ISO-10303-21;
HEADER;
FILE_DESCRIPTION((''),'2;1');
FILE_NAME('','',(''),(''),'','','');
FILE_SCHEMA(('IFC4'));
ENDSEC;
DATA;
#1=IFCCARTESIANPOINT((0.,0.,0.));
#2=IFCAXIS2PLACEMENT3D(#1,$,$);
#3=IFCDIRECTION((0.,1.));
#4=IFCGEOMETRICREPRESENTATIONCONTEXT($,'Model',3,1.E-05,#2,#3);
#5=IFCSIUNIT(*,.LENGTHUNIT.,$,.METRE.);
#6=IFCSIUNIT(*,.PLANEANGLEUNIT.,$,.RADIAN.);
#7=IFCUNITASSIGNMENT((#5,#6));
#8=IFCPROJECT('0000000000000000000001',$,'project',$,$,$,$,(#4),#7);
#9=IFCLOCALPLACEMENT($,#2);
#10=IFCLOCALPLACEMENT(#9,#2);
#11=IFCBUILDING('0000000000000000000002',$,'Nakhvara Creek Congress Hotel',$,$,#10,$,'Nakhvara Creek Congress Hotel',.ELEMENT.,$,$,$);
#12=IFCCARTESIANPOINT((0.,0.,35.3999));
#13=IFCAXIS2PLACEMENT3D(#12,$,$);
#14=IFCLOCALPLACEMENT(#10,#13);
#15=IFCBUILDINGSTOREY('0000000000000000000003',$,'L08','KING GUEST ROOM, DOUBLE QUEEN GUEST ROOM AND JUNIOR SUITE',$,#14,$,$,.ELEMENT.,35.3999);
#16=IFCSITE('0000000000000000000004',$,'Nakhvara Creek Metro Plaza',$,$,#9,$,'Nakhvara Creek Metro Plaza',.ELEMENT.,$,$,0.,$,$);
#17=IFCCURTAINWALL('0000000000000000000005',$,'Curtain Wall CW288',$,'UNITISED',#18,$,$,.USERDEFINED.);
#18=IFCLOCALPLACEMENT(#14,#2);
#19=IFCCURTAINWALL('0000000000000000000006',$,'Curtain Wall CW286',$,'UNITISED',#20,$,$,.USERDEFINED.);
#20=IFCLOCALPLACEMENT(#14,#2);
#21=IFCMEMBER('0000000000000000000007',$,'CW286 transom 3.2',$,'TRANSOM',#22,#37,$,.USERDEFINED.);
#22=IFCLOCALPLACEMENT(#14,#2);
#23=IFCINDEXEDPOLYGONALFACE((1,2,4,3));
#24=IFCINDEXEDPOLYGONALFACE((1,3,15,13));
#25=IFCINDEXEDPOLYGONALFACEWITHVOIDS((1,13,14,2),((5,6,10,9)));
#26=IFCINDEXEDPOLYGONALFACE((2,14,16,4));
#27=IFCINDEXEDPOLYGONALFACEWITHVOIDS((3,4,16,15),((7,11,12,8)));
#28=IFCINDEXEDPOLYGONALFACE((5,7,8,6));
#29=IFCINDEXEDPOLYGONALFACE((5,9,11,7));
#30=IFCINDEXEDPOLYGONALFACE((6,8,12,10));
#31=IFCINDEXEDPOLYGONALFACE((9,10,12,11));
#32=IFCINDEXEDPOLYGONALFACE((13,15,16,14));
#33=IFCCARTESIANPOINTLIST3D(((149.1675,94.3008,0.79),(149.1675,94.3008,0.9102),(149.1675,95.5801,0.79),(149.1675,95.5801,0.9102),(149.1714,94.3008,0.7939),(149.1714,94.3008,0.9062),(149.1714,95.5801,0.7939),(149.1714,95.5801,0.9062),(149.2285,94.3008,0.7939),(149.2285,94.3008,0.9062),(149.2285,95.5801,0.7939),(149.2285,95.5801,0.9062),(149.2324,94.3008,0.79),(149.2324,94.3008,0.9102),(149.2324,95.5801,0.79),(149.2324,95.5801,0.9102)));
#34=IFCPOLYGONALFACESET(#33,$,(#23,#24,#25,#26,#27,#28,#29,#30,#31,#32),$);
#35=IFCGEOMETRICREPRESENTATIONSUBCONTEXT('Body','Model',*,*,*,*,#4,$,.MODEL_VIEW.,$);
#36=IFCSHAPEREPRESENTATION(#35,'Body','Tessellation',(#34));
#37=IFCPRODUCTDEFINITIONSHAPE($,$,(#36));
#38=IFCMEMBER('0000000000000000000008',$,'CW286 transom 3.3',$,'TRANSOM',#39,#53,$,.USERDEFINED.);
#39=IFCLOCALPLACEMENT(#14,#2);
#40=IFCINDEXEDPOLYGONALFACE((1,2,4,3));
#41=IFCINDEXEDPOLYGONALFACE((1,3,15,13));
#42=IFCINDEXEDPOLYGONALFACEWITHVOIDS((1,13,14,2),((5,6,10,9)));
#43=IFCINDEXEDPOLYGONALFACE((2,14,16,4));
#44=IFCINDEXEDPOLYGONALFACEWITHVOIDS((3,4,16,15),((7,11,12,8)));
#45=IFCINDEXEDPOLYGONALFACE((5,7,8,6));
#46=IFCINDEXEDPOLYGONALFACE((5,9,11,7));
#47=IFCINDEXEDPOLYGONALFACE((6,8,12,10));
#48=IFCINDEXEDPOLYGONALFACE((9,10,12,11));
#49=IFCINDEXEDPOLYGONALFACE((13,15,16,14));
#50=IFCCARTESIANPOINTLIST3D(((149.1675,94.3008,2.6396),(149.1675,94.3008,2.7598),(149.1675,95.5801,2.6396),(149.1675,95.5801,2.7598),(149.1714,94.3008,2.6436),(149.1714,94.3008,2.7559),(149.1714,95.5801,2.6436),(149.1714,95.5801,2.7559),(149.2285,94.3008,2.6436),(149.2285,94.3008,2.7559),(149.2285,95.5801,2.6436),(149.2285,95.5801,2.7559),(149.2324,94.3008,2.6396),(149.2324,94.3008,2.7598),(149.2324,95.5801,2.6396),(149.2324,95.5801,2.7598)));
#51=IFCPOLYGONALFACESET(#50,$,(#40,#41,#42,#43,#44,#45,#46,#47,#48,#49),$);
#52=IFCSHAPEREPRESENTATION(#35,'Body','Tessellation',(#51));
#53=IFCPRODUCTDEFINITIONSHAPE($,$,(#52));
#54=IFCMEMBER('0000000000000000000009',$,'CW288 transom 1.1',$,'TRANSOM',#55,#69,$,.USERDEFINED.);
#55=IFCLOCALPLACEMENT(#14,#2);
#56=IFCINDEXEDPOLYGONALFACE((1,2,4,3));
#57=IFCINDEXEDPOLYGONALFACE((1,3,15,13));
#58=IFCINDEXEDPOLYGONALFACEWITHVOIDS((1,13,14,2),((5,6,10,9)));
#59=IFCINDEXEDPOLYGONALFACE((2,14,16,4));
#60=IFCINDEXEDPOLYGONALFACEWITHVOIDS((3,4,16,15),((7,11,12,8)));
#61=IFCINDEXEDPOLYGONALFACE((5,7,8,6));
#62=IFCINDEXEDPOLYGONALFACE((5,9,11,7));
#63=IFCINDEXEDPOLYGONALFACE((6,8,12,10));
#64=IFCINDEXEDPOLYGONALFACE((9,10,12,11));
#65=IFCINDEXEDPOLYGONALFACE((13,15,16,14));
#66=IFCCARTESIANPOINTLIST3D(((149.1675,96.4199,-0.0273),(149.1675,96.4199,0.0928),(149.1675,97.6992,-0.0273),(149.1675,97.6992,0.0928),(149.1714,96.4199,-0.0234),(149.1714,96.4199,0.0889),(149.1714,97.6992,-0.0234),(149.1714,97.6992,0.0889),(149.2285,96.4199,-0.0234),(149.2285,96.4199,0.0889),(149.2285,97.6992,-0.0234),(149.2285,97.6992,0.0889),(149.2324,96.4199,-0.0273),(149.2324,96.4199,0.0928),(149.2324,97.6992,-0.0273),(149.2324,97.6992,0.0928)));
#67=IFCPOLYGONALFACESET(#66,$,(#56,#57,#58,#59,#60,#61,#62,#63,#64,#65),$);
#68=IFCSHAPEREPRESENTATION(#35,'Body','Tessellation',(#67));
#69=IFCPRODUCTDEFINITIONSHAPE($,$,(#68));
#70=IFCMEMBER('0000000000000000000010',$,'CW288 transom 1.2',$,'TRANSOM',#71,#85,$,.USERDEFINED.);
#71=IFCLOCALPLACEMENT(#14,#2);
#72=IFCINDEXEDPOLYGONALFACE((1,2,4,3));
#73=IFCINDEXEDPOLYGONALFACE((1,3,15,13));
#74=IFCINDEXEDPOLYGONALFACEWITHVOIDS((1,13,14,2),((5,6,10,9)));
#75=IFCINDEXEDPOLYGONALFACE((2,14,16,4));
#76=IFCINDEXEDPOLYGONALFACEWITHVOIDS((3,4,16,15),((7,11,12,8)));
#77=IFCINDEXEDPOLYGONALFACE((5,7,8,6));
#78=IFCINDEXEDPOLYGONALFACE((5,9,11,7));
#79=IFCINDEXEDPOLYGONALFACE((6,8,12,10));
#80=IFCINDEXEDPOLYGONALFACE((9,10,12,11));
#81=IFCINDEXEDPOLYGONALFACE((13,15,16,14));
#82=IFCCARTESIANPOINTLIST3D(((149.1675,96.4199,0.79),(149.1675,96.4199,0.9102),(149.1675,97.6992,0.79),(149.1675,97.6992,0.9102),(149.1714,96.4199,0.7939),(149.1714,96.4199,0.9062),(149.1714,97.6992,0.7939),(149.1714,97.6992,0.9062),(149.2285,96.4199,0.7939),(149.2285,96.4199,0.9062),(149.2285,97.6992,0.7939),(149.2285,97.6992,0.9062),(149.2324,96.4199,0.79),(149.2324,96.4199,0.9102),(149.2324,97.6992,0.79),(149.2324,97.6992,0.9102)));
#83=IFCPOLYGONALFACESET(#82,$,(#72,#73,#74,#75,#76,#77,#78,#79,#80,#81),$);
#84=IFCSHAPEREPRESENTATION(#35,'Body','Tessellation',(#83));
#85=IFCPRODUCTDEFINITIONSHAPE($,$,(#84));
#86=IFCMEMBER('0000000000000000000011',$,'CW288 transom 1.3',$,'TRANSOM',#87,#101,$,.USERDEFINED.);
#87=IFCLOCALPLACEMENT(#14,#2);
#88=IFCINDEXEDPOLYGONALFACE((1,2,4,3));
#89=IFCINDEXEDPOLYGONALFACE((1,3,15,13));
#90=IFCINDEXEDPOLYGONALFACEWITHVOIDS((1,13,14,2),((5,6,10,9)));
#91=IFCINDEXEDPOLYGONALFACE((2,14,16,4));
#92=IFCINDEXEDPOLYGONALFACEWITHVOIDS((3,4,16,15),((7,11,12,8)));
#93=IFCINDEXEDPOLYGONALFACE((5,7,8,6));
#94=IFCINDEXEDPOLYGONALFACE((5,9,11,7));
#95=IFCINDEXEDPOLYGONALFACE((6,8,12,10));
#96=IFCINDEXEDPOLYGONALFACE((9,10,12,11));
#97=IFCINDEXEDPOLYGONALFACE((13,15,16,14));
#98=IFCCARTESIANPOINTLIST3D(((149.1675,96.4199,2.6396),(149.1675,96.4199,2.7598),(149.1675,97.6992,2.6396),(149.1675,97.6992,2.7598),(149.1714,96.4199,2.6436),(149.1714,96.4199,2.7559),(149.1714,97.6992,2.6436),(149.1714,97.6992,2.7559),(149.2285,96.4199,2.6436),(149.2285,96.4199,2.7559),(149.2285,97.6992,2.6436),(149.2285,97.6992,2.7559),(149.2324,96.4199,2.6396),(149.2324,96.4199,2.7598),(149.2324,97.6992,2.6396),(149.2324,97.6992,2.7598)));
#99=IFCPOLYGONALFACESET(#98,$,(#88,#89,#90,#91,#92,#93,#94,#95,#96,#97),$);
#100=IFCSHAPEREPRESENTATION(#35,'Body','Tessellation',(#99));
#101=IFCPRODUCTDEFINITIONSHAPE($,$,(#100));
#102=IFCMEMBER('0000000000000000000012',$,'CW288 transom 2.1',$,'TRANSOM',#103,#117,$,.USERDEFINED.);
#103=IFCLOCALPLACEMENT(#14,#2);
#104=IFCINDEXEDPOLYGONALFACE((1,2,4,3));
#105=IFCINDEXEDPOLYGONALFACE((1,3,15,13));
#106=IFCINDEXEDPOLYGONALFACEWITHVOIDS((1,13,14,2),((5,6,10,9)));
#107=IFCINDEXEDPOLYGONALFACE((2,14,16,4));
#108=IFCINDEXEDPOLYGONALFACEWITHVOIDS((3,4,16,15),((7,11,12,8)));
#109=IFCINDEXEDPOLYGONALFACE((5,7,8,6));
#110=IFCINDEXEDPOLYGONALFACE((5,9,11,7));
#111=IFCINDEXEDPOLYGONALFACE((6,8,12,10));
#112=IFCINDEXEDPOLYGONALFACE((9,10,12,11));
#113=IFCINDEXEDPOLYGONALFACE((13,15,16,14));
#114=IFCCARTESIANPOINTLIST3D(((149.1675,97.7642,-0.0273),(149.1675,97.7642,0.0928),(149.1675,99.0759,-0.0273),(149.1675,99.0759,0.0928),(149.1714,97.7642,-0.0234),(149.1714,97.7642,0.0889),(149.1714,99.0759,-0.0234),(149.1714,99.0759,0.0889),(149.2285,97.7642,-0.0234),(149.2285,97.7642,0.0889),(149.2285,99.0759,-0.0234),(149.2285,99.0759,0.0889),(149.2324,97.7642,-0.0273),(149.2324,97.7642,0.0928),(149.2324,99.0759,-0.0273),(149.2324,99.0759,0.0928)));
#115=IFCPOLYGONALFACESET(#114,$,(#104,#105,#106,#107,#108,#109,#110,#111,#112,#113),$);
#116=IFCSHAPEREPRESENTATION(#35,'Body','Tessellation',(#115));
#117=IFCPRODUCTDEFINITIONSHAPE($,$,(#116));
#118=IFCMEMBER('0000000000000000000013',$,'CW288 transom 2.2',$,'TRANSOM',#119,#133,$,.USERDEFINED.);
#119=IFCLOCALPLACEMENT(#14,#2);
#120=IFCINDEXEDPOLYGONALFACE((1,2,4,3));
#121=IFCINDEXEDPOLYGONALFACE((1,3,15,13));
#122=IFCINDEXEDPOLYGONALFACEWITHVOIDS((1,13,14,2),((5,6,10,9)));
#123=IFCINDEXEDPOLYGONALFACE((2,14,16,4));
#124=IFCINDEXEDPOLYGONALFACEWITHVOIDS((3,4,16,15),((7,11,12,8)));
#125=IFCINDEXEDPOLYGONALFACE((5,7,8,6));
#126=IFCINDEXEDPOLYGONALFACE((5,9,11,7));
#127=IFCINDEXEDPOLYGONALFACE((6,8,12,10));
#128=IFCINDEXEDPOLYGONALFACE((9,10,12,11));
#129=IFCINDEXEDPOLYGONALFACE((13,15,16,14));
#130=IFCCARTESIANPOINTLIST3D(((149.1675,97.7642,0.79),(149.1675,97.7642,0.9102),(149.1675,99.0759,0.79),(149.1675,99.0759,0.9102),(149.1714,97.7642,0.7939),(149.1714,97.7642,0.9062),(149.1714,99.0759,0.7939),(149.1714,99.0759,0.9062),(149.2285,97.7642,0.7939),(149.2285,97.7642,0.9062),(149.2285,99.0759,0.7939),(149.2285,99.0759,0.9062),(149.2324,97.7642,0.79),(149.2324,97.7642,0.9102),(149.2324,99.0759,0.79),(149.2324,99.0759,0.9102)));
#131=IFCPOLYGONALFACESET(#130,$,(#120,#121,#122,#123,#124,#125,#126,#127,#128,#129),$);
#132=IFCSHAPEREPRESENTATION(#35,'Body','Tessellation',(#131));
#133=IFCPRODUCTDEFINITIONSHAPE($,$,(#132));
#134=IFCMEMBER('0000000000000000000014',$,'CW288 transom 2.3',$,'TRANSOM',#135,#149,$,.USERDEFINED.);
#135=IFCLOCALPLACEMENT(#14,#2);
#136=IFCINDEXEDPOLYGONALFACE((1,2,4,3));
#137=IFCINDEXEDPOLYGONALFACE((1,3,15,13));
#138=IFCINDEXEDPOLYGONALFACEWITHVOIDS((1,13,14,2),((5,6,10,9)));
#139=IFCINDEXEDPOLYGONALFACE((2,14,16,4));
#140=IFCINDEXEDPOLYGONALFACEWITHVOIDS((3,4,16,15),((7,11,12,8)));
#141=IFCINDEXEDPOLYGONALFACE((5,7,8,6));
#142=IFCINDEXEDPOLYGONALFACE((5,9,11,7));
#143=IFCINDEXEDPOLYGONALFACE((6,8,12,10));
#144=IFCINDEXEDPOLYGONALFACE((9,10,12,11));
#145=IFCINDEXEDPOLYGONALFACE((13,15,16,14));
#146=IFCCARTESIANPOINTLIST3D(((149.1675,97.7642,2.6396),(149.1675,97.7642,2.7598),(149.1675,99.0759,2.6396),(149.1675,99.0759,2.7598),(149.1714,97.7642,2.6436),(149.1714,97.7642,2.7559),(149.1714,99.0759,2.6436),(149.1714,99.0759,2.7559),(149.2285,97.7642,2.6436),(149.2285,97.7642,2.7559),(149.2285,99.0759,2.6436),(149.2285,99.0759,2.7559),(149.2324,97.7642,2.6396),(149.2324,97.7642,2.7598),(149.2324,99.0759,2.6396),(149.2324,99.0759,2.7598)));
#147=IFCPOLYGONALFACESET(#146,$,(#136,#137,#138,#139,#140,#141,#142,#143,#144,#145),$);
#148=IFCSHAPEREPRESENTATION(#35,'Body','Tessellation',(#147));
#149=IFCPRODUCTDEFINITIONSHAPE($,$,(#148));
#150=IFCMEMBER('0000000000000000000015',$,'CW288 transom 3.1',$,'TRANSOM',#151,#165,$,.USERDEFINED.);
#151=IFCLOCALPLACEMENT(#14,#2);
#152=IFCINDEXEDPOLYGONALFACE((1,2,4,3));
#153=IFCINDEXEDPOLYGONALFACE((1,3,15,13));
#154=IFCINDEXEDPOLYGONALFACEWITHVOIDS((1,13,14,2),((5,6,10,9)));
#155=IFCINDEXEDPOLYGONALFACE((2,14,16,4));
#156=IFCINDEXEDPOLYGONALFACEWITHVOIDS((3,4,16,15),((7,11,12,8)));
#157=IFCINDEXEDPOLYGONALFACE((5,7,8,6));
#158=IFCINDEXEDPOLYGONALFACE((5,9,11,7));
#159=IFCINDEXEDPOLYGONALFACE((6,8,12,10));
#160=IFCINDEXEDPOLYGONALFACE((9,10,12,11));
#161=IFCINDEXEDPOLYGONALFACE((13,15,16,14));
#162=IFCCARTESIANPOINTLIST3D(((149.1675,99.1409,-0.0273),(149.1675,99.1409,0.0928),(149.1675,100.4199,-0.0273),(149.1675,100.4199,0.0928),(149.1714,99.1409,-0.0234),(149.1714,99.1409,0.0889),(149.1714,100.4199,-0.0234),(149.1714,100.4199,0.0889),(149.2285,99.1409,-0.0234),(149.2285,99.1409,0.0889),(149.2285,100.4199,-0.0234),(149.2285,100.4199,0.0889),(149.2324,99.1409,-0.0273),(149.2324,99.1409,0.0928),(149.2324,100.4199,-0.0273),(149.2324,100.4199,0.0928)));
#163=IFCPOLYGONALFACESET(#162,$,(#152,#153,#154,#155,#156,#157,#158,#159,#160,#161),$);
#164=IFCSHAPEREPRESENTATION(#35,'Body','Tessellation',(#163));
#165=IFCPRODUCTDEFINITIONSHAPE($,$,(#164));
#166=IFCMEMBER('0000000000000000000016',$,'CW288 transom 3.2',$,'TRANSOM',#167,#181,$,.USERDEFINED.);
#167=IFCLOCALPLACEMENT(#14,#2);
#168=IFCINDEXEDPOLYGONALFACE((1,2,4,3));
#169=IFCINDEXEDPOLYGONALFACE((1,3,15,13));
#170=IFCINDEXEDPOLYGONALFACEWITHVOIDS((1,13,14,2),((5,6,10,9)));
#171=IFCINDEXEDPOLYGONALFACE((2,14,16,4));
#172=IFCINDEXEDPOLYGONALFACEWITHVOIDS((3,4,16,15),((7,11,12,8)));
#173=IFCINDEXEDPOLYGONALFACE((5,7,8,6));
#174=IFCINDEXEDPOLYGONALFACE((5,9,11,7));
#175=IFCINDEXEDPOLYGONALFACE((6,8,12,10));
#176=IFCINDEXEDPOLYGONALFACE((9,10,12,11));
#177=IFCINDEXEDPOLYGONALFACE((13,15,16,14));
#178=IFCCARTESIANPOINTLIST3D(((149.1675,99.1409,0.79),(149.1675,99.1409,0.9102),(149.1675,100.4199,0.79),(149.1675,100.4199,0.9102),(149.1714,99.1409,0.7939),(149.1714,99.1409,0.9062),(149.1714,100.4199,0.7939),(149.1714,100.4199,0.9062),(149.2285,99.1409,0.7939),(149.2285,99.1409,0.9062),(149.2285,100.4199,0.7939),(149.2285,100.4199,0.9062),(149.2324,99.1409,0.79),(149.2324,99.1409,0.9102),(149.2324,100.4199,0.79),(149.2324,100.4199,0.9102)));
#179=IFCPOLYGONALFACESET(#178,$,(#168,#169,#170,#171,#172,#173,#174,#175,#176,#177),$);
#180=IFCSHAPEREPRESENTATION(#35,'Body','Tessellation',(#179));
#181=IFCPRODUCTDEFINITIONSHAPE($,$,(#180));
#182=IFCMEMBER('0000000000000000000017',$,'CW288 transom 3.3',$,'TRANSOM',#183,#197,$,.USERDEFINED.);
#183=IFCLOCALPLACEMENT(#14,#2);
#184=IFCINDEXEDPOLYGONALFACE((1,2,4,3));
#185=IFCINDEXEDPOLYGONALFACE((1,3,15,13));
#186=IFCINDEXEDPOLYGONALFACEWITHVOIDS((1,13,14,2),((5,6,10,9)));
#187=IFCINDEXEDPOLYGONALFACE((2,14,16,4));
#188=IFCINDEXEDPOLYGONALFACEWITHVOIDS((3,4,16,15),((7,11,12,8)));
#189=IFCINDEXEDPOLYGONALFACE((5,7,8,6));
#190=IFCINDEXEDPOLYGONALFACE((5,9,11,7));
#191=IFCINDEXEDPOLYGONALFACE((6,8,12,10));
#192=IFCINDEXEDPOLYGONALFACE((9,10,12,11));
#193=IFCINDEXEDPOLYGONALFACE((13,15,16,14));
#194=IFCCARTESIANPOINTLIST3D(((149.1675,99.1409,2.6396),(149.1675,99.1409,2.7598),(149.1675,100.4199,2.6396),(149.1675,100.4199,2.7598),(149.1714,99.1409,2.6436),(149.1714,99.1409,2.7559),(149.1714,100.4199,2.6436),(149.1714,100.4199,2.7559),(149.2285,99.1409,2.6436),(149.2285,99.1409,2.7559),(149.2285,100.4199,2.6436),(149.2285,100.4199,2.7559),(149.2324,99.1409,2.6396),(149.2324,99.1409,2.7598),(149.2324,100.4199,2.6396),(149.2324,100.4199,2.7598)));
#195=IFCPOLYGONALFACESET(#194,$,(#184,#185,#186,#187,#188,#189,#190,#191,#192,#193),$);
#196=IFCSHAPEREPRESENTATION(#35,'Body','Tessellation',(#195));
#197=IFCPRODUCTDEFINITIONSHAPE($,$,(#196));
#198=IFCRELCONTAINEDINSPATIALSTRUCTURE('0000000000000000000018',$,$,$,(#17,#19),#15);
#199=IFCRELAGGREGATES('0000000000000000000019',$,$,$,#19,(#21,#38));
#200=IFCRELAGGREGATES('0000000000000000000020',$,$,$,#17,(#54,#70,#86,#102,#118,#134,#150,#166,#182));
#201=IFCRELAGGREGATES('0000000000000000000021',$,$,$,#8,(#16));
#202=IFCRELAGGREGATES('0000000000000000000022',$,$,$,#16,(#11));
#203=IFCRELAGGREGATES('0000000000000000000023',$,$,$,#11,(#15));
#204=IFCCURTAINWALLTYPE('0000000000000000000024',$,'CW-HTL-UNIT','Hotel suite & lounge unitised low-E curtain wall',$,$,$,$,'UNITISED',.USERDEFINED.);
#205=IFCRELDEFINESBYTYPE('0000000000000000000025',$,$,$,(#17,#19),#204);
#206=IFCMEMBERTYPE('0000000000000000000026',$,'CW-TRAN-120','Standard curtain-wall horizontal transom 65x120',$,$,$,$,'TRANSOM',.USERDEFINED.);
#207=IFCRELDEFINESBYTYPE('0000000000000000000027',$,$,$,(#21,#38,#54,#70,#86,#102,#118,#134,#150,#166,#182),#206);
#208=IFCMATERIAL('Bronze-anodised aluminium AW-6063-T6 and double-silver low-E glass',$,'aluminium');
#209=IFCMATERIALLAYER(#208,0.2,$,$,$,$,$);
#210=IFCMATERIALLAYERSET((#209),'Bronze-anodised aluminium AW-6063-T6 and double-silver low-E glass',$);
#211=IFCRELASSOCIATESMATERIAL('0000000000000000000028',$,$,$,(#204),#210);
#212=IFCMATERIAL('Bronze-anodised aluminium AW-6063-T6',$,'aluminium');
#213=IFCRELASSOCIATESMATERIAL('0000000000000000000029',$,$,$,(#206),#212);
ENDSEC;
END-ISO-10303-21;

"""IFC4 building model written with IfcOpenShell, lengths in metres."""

from ifc_helpers import new_model, si_unit, direction, frame, origin, origin_2d, place, context, subcontext, project, spatial, hollow_rectangle, extrude, material, layer, layer_set, material_profile, profile_set, type_object, element, aggregate, save


model = new_model("IFC4")

# Units and contexts
model_context = context("Model", 3, precision=1e-05, world=origin(), true_north=direction((0.0, 1.0)))
body_context = subcontext(model_context, "Body", "Model", "MODEL_VIEW")
ifc_project = project(units=[si_unit("LENGTHUNIT", "METRE"), si_unit("PLANEANGLEUNIT", "RADIAN")], contexts=[model_context])

# Site, building, storey
site_placement = place(None, origin())
site = spatial("IfcSite", under=ifc_project, at=site_placement, Name="Nakhvara Creek Metro Plaza", LongName="Nakhvara Creek Metro Plaza", CompositionType="ELEMENT", RefElevation=0.0)
building_placement = place(site_placement, origin())
building = spatial("IfcBuilding", under=site, at=building_placement, Name="Nakhvara Creek Congress Hotel", LongName="Nakhvara Creek Congress Hotel", CompositionType="ELEMENT")
storey_placement = place(building_placement, frame((0.0, 0.0, 35.3999)))
storey = spatial("IfcBuildingStorey", under=building, at=storey_placement, Name="L08", Description="KING GUEST ROOM, DOUBLE QUEEN GUEST ROOM AND JUNIOR SUITE", CompositionType="ELEMENT", Elevation=35.3999)

# Curtain walls, members
ifc_material_1 = material(Name="Bronze-anodised aluminium AW-6063-T6 and double-silver low-E glass", Category="aluminium")
ifc_layer_1 = layer(ifc_material_1, 0.2)
ifc_layer_set_1 = layer_set([ifc_layer_1], Name="Bronze-anodised aluminium AW-6063-T6 and double-silver low-E glass")
curtain_wall_type = type_object("IfcCurtainWallType", Name="CW-HTL-UNIT", Description="Hotel suite & lounge unitised low-E curtain wall", ElementType="UNITISED", PredefinedType="USERDEFINED", material=ifc_layer_set_1)
curtain_wall_1_placement = place(storey_placement, origin())
curtain_wall_1 = element("IfcCurtainWall", 1, at=curtain_wall_1_placement, inside=storey, type_object=curtain_wall_type, Name="Curtain Wall CW288", ObjectType="UNITISED", PredefinedType="USERDEFINED")
ifc_material_2 = material(Name="Bronze-anodised aluminium AW-6063-T6", Category="aluminium")
curtain_wall_2_placement = place(storey_placement, origin())
curtain_wall_2 = element("IfcCurtainWall", 2, at=curtain_wall_2_placement, inside=storey, type_object=curtain_wall_type, Name="Curtain Wall CW286", ObjectType="UNITISED", PredefinedType="USERDEFINED")
ifc_material_profile_1 = material_profile(ifc_material_2, hollow_rectangle(XDim=0.0649, YDim=0.1201, WallThickness=0.0039, at=origin_2d()), Name="ALU-TRAN 65x120x4", Category="LoadBearing")
ifc_profile_set_1 = profile_set([ifc_material_profile_1], Name="Bronze-anodised aluminium AW-6063-T6")
member_type_1 = type_object("IfcMemberType", Name="CW-TRAN-120", Description="Standard curtain-wall horizontal transom 65x120", ElementType="TRANSOM", PredefinedType="USERDEFINED", material=ifc_profile_set_1)
member_1_placement = place(storey_placement, frame((149.2, 94.3008, 0.8501), z_axis=(0.0, 1.0, 0.0), x_axis=(-1.0, 0.0, 0.0)))
member_1 = element("IfcMember", 3, at=member_1_placement, type_object=member_type_1, Name="CW286 transom 3.2", ObjectType="TRANSOM", PredefinedType="USERDEFINED", context=body_context, shape_type="SweptSolid", body=[
    extrude(hollow_rectangle(XDim=0.0649, YDim=0.1201, WallThickness=0.0039, at=origin_2d()), origin(), (0.0, 0.0, 1.0), 1.2793),
])
member_2_placement = place(storey_placement, frame((149.2, 94.3008, 2.6997), z_axis=(0.0, 1.0, 0.0), x_axis=(-1.0, 0.0, 0.0)))
member_2 = element("IfcMember", 4, at=member_2_placement, type_object=member_type_1, Name="CW286 transom 3.3", ObjectType="TRANSOM", PredefinedType="USERDEFINED", context=body_context, shape_type="SweptSolid", body=[
    extrude(hollow_rectangle(XDim=0.0649, YDim=0.1201, WallThickness=0.0039, at=origin_2d()), origin(), (0.0, 0.0, 1.0), 1.2793),
])

# Members
member_3_placement = place(storey_placement, frame((149.2, 96.4199, 0.0327), z_axis=(0.0, 1.0, 0.0), x_axis=(-1.0, 0.0, 0.0)))
member_3 = element("IfcMember", 5, at=member_3_placement, type_object=member_type_1, Name="CW288 transom 1.1", ObjectType="TRANSOM", PredefinedType="USERDEFINED", context=body_context, shape_type="SweptSolid", body=[
    extrude(hollow_rectangle(XDim=0.0649, YDim=0.1201, WallThickness=0.0039, at=origin_2d()), origin(), (0.0, 0.0, 1.0), 1.2793),
])
member_4_placement = place(storey_placement, frame((149.2, 96.4199, 0.8501), z_axis=(0.0, 1.0, 0.0), x_axis=(-1.0, 0.0, 0.0)))
member_4 = element("IfcMember", 6, at=member_4_placement, type_object=member_type_1, Name="CW288 transom 1.2", ObjectType="TRANSOM", PredefinedType="USERDEFINED", context=body_context, shape_type="SweptSolid", body=[
    extrude(hollow_rectangle(XDim=0.0649, YDim=0.1201, WallThickness=0.0039, at=origin_2d()), origin(), (0.0, 0.0, 1.0), 1.2793),
])
member_5_placement = place(storey_placement, frame((149.2, 96.4199, 2.6997), z_axis=(0.0, 1.0, 0.0), x_axis=(-1.0, 0.0, 0.0)))
member_5 = element("IfcMember", 7, at=member_5_placement, type_object=member_type_1, Name="CW288 transom 1.3", ObjectType="TRANSOM", PredefinedType="USERDEFINED", context=body_context, shape_type="SweptSolid", body=[
    extrude(hollow_rectangle(XDim=0.0649, YDim=0.1201, WallThickness=0.0039, at=origin_2d()), origin(), (0.0, 0.0, 1.0), 1.2793),
])
member_6_placement = place(storey_placement, frame((149.2, 97.7642, 0.0327), z_axis=(0.0, 1.0, 0.0), x_axis=(-1.0, 0.0, 0.0)))
member_6 = element("IfcMember", 8, at=member_6_placement, type_object=member_type_1, Name="CW288 transom 2.1", ObjectType="TRANSOM", PredefinedType="USERDEFINED", context=body_context, shape_type="SweptSolid", body=[
    extrude(hollow_rectangle(XDim=0.0649, YDim=0.1201, WallThickness=0.0039, at=origin_2d()), origin(), (0.0, 0.0, 1.0), 1.3118),
])
member_7_placement = place(storey_placement, frame((149.2, 97.7642, 0.8501), z_axis=(0.0, 1.0, 0.0), x_axis=(-1.0, 0.0, 0.0)))
member_7 = element("IfcMember", 9, at=member_7_placement, type_object=member_type_1, Name="CW288 transom 2.2", ObjectType="TRANSOM", PredefinedType="USERDEFINED", context=body_context, shape_type="SweptSolid", body=[
    extrude(hollow_rectangle(XDim=0.0649, YDim=0.1201, WallThickness=0.0039, at=origin_2d()), origin(), (0.0, 0.0, 1.0), 1.3118),
])
member_8_placement = place(storey_placement, frame((149.2, 97.7642, 2.6997), z_axis=(0.0, 1.0, 0.0), x_axis=(-1.0, 0.0, 0.0)))
member_8 = element("IfcMember", 10, at=member_8_placement, type_object=member_type_1, Name="CW288 transom 2.3", ObjectType="TRANSOM", PredefinedType="USERDEFINED", context=body_context, shape_type="SweptSolid", body=[
    extrude(hollow_rectangle(XDim=0.0649, YDim=0.1201, WallThickness=0.0039, at=origin_2d()), origin(), (0.0, 0.0, 1.0), 1.3118),
])
member_9_placement = place(storey_placement, frame((149.2, 99.1409, 0.0327), z_axis=(0.0, 1.0, 0.0), x_axis=(-1.0, 0.0, 0.0)))
member_9 = element("IfcMember", 11, at=member_9_placement, type_object=member_type_1, Name="CW288 transom 3.1", ObjectType="TRANSOM", PredefinedType="USERDEFINED", context=body_context, shape_type="SweptSolid", body=[
    extrude(hollow_rectangle(XDim=0.0649, YDim=0.1201, WallThickness=0.0039, at=origin_2d()), origin(), (0.0, 0.0, 1.0), 1.2791),
])
member_10_placement = place(storey_placement, frame((149.2, 99.1409, 0.8501), z_axis=(0.0, 1.0, 0.0), x_axis=(-1.0, 0.0, 0.0)))
member_10 = element("IfcMember", 12, at=member_10_placement, type_object=member_type_1, Name="CW288 transom 3.2", ObjectType="TRANSOM", PredefinedType="USERDEFINED", context=body_context, shape_type="SweptSolid", body=[
    extrude(hollow_rectangle(XDim=0.0649, YDim=0.1201, WallThickness=0.0039, at=origin_2d()), origin(), (0.0, 0.0, 1.0), 1.2791),
])
member_11_placement = place(storey_placement, frame((149.2, 99.1409, 2.6997), z_axis=(0.0, 1.0, 0.0), x_axis=(-1.0, 0.0, 0.0)))
member_11 = element("IfcMember", 13, at=member_11_placement, type_object=member_type_1, Name="CW288 transom 3.3", ObjectType="TRANSOM", PredefinedType="USERDEFINED", context=body_context, shape_type="SweptSolid", body=[
    extrude(hollow_rectangle(XDim=0.0649, YDim=0.1201, WallThickness=0.0039, at=origin_2d()), origin(), (0.0, 0.0, 1.0), 1.2791),
])

aggregate(curtain_wall_2, [member_1, member_2])
aggregate(curtain_wall_1, [member_3, member_4, member_5, member_6, member_7, member_8, member_9, member_10, member_11])

save(model, "model.ifc")
